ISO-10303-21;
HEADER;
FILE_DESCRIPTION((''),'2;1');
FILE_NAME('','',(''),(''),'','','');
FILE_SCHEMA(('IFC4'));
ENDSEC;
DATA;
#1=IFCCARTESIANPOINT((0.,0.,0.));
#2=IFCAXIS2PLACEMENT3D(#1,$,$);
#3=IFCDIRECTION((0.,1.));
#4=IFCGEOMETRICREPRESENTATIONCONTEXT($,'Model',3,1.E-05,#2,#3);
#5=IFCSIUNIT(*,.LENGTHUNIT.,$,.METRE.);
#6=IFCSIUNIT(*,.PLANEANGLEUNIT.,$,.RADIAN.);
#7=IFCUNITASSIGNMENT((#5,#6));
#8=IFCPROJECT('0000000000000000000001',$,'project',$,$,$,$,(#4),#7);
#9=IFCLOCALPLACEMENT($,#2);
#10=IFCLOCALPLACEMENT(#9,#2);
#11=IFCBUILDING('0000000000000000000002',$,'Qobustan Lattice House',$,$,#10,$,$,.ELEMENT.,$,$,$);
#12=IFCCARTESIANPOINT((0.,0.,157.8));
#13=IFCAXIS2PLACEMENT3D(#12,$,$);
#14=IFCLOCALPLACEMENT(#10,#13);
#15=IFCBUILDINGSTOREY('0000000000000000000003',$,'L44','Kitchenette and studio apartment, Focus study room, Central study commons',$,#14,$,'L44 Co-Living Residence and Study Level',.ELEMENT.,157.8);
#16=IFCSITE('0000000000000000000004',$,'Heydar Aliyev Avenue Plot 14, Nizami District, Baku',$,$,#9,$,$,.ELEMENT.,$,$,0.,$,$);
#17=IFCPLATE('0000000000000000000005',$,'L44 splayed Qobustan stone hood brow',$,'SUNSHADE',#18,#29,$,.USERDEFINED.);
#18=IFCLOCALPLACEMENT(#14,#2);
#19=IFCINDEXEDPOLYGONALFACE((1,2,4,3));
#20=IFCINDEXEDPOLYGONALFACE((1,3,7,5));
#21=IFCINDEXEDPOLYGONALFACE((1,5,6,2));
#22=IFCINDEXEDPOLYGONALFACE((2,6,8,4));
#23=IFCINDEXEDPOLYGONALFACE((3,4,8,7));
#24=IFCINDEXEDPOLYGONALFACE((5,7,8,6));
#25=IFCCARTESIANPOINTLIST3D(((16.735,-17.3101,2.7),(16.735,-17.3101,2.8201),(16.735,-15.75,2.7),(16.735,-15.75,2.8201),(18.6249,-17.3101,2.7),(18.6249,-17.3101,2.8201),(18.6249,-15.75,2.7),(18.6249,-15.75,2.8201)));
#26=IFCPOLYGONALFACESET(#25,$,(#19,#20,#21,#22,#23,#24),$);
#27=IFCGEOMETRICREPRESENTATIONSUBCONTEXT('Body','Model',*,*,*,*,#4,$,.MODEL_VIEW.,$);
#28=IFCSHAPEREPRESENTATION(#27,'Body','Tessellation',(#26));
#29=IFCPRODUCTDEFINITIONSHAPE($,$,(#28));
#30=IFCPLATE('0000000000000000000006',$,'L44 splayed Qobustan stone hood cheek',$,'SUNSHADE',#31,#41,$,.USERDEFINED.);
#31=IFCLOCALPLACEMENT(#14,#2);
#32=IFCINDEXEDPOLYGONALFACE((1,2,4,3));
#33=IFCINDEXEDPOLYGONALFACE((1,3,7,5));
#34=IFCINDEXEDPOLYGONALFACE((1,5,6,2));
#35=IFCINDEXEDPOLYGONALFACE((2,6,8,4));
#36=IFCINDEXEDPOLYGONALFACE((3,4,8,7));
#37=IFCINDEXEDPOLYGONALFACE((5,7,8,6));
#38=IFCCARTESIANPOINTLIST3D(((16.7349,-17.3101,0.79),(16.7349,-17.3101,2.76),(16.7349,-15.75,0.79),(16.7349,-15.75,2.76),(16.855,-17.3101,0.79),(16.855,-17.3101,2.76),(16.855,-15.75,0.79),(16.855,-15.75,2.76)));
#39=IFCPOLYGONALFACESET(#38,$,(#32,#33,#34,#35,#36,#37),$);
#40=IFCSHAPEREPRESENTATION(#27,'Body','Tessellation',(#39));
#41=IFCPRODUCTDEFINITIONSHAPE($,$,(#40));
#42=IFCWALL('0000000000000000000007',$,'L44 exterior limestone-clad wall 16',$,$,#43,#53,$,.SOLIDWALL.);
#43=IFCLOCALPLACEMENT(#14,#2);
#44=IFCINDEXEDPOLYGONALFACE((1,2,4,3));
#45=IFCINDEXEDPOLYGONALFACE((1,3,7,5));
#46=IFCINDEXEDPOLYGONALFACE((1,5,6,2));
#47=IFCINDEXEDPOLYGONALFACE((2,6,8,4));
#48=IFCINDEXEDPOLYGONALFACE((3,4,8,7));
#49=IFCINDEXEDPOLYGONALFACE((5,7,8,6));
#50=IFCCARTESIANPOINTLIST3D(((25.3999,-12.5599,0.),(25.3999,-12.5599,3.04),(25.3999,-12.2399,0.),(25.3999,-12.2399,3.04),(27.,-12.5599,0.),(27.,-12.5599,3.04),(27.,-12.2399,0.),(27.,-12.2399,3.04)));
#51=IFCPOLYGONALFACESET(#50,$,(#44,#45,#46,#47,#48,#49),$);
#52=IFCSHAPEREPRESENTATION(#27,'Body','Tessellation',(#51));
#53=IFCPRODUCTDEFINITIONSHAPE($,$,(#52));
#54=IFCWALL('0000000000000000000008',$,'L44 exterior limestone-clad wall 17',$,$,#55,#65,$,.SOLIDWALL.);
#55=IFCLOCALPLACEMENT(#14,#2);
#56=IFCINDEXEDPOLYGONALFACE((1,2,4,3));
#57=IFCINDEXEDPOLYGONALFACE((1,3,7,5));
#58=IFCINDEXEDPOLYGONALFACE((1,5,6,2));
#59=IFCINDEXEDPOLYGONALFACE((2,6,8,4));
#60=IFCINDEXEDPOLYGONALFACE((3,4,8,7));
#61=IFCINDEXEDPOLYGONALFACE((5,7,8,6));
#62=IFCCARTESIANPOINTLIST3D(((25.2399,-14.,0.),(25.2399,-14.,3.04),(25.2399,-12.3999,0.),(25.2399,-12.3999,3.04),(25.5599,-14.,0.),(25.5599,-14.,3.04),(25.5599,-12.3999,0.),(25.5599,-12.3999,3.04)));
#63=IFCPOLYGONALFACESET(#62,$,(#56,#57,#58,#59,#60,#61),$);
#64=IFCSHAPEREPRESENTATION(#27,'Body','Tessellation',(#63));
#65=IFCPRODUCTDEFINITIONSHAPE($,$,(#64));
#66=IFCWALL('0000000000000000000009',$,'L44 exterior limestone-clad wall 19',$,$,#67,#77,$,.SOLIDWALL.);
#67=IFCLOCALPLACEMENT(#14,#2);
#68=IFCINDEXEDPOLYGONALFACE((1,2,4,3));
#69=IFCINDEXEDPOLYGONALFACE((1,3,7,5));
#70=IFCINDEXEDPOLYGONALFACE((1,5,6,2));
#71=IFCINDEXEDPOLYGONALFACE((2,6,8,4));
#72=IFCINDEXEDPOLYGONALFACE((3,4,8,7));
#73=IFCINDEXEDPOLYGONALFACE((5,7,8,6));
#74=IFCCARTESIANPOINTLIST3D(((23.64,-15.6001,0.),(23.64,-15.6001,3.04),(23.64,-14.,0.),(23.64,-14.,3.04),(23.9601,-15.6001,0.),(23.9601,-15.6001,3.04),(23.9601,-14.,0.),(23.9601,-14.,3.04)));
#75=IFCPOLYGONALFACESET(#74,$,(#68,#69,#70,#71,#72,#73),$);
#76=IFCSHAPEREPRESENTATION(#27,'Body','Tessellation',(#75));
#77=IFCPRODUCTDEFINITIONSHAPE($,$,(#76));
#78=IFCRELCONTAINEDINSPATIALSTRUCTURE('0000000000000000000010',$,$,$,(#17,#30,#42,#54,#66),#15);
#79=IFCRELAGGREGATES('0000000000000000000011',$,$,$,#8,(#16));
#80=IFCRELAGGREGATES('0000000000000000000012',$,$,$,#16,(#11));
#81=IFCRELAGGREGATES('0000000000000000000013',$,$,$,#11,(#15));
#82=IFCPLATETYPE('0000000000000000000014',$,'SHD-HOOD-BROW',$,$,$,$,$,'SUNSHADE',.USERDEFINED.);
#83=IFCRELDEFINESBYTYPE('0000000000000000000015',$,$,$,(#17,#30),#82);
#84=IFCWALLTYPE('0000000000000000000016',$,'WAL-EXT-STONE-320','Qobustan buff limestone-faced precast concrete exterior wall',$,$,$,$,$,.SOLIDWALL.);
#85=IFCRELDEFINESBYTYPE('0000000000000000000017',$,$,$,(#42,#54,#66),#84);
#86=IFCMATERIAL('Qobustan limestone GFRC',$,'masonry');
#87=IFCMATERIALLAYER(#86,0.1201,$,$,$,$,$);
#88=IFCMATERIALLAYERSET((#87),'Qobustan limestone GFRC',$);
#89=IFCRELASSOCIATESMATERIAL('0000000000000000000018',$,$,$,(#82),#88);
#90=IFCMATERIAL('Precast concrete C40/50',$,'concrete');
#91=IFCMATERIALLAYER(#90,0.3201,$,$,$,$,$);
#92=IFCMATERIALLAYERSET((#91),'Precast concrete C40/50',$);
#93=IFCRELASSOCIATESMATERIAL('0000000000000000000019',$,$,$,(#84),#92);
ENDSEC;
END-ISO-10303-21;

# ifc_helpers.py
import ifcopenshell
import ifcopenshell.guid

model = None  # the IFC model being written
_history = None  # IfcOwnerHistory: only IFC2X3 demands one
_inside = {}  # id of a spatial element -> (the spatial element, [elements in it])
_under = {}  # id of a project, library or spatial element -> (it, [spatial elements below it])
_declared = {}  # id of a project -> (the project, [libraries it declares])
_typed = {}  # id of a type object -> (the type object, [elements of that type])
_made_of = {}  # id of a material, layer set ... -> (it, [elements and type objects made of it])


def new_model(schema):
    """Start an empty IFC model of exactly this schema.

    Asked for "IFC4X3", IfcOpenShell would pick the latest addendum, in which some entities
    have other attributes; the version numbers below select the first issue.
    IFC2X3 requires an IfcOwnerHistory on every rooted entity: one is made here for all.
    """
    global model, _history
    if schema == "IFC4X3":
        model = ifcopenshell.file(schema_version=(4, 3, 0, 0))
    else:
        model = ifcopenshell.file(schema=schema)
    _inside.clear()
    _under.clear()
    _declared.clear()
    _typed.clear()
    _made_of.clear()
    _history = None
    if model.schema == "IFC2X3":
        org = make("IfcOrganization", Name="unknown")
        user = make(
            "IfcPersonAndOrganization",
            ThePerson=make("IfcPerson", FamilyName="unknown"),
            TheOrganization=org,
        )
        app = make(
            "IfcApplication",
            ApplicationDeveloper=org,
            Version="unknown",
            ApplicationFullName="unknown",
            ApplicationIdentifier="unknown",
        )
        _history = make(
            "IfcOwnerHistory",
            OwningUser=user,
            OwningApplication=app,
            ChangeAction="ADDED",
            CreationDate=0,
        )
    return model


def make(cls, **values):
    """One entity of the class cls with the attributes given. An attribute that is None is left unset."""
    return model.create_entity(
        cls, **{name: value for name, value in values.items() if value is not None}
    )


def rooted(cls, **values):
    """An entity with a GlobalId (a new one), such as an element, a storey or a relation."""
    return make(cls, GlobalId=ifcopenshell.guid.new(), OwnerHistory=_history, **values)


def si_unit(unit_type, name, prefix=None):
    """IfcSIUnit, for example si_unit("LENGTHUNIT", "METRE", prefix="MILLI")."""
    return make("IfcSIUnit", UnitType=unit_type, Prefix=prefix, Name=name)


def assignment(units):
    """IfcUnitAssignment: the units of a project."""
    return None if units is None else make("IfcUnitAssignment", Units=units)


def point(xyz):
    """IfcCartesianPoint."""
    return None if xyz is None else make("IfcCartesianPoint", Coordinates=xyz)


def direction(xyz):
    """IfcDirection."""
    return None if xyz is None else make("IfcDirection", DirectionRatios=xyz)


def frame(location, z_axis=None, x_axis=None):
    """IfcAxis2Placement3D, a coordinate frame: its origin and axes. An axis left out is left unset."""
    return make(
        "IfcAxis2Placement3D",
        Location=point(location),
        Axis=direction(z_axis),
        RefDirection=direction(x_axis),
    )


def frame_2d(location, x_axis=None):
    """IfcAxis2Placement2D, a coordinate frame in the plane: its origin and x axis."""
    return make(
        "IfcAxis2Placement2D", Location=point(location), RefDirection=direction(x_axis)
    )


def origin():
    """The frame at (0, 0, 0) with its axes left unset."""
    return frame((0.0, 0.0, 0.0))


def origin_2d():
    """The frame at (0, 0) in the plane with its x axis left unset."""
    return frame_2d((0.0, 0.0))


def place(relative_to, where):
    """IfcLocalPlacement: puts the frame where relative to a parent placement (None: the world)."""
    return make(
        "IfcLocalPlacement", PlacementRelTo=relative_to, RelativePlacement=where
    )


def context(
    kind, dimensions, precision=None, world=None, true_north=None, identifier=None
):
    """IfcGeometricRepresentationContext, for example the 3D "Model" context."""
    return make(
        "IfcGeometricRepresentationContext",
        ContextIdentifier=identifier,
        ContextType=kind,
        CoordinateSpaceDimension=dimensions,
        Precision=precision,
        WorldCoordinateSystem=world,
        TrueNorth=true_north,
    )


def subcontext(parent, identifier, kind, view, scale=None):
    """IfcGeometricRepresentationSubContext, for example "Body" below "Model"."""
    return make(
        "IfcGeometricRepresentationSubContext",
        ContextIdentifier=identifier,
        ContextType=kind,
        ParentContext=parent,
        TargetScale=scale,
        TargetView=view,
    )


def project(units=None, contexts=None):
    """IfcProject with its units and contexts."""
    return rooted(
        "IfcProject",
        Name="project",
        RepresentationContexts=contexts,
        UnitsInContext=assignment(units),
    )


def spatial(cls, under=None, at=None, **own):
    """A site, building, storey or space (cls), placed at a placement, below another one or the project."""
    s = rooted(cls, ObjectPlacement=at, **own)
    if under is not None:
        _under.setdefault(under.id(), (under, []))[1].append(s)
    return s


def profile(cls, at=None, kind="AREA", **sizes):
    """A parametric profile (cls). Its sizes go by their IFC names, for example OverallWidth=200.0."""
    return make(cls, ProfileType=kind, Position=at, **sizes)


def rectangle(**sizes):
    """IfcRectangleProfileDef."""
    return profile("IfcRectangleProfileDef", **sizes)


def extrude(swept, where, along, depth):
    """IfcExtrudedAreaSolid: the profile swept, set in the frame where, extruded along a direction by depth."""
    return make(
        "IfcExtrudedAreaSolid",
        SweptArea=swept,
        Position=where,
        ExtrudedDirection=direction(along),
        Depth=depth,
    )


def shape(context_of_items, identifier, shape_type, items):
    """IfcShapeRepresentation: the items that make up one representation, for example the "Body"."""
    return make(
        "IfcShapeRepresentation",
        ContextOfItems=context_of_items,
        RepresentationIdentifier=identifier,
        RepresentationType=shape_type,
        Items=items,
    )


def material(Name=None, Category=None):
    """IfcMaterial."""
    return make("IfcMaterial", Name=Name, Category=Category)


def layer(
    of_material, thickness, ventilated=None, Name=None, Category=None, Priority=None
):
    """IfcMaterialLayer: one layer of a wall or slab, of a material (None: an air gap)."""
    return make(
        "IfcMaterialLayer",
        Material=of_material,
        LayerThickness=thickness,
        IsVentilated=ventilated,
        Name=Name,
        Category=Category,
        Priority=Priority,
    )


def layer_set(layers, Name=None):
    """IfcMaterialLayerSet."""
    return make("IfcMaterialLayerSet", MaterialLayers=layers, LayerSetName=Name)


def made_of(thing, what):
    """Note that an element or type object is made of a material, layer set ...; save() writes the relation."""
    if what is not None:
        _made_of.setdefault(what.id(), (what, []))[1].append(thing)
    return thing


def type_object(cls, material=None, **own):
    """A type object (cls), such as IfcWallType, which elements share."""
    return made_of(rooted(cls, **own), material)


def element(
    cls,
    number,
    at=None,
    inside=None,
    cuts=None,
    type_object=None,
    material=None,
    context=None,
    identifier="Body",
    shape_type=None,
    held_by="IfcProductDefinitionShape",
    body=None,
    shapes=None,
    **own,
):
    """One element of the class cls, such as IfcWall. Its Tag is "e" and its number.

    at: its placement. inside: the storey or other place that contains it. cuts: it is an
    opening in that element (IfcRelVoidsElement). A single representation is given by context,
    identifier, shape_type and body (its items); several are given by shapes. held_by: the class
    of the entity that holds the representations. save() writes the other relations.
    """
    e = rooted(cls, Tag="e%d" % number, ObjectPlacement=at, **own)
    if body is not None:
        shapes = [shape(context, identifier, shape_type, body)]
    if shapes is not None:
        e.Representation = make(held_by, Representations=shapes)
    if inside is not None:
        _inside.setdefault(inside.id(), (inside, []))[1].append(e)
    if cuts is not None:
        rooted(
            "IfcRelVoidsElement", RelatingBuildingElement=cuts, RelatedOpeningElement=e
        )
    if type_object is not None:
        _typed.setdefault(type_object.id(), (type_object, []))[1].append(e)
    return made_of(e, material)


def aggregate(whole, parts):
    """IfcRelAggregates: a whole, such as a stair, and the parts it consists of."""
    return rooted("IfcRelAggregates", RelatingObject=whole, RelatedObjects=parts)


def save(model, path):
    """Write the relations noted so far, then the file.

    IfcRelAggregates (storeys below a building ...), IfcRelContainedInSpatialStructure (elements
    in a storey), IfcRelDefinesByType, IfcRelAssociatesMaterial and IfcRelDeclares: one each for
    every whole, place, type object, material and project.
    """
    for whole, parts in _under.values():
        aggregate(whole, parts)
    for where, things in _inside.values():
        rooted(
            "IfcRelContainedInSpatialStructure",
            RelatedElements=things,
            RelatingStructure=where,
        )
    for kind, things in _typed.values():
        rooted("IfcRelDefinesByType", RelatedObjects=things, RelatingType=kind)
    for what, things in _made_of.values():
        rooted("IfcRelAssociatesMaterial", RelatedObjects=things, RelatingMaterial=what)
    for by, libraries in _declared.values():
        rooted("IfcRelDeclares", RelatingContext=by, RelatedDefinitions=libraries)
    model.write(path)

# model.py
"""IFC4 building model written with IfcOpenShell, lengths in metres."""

from ifc_helpers import new_model, si_unit, direction, frame, frame_2d, origin, origin_2d, place, context, subcontext, project, spatial, rectangle, extrude, material, layer, layer_set, type_object, element, save


model = new_model("IFC4")

# Units and contexts
model_context = context("Model", 3, precision=1e-05, world=origin(), true_north=direction((0.0, 1.0)))
body_context = subcontext(model_context, "Body", "Model", "MODEL_VIEW")
ifc_project = project(units=[si_unit("LENGTHUNIT", "METRE"), si_unit("PLANEANGLEUNIT", "RADIAN")], contexts=[model_context])

# Site, building, storey
site_placement = place(None, origin())
site = spatial("IfcSite", under=ifc_project, at=site_placement, Name="Heydar Aliyev Avenue Plot 14, Nizami District, Baku", CompositionType="ELEMENT", RefElevation=0.0)
building_placement = place(site_placement, origin())
building = spatial("IfcBuilding", under=site, at=building_placement, Name="Qobustan Lattice House", CompositionType="ELEMENT")
storey_placement = place(building_placement, frame((0.0, 0.0, 157.8)))
storey = spatial("IfcBuildingStorey", under=building, at=storey_placement, Name="L44", Description="Kitchenette and studio apartment, Focus study room, Central study commons", LongName="L44 Co-Living Residence and Study Level", CompositionType="ELEMENT", Elevation=157.8)

# Plates
ifc_material_1 = material(Name="Qobustan limestone GFRC", Category="masonry")
ifc_layer_1 = layer(ifc_material_1, 0.1201)
ifc_layer_set_1 = layer_set([ifc_layer_1], Name="Qobustan limestone GFRC")
plate_type_1 = type_object("IfcPlateType", Name="SHD-HOOD-BROW", ElementType="SUNSHADE", PredefinedType="USERDEFINED", material=ifc_layer_set_1)
plate_1_placement = place(storey_placement, frame((17.6799, -16.53, 2.7), z_axis=(0.0, 0.0, 1.0), x_axis=(-1.0, 0.0, 0.0)))
element("IfcPlate", 1, at=plate_1_placement, inside=storey, type_object=plate_type_1, Name="L44 splayed Qobustan stone hood brow", ObjectType="SUNSHADE", PredefinedType="USERDEFINED", context=body_context, shape_type="SweptSolid", body=[
    extrude(rectangle(XDim=1.8899, YDim=1.5601, at=origin_2d()), origin(), (0.0, 0.0, 1.0), 0.1201),
])
plate_2_placement = place(storey_placement, frame((16.7949, -16.53, 0.79), z_axis=(0.0, 0.0, 1.0), x_axis=(-1.0, 0.0, 0.0)))
element("IfcPlate", 2, at=plate_2_placement, inside=storey, type_object=plate_type_1, Name="L44 splayed Qobustan stone hood cheek", ObjectType="SUNSHADE", PredefinedType="USERDEFINED", context=body_context, shape_type="SweptSolid", body=[
    extrude(rectangle(XDim=0.1201, YDim=1.5601, at=origin_2d()), origin(), (0.0, 0.0, 1.0), 1.97),
])

# Walls
ifc_material_2 = material(Name="Precast concrete C40/50", Category="concrete")
ifc_layer_2 = layer(ifc_material_2, 0.3201)
ifc_layer_set_2 = layer_set([ifc_layer_2], Name="Precast concrete C40/50")
wall_type_1 = type_object("IfcWallType", Name="WAL-EXT-STONE-320", Description="Qobustan buff limestone-faced precast concrete exterior wall", PredefinedType="SOLIDWALL", material=ifc_layer_set_2)
for number, where, z_axis, x_axis, name in (
    (3, (27.0, -12.3999, 0.0), (0.0, 0.0, 1.0), (-1.0, 0.0, 0.0), "L44 exterior limestone-clad wall 16"),
    (4, (25.3999, -12.3999, 0.0), (0.0, 0.0, 1.0), (0.0, -1.0, 0.0), "L44 exterior limestone-clad wall 17"),
    (5, (23.8, -14.0, 0.0), (0.0, 0.0, 1.0), (0.0, -1.0, 0.0), "L44 exterior limestone-clad wall 19"),
):
    element("IfcWall", number, at=place(storey_placement, frame(where, z_axis=z_axis, x_axis=x_axis)), inside=storey, type_object=wall_type_1, Name=name, PredefinedType="SOLIDWALL", context=body_context, shape_type="SweptSolid", body=[
        extrude(rectangle(XDim=1.6001, YDim=0.3201, at=frame_2d((0.8, 0.0))), origin(), (0.0, 0.0, 1.0), 3.04),
    ])

save(model, "model.ifc")
